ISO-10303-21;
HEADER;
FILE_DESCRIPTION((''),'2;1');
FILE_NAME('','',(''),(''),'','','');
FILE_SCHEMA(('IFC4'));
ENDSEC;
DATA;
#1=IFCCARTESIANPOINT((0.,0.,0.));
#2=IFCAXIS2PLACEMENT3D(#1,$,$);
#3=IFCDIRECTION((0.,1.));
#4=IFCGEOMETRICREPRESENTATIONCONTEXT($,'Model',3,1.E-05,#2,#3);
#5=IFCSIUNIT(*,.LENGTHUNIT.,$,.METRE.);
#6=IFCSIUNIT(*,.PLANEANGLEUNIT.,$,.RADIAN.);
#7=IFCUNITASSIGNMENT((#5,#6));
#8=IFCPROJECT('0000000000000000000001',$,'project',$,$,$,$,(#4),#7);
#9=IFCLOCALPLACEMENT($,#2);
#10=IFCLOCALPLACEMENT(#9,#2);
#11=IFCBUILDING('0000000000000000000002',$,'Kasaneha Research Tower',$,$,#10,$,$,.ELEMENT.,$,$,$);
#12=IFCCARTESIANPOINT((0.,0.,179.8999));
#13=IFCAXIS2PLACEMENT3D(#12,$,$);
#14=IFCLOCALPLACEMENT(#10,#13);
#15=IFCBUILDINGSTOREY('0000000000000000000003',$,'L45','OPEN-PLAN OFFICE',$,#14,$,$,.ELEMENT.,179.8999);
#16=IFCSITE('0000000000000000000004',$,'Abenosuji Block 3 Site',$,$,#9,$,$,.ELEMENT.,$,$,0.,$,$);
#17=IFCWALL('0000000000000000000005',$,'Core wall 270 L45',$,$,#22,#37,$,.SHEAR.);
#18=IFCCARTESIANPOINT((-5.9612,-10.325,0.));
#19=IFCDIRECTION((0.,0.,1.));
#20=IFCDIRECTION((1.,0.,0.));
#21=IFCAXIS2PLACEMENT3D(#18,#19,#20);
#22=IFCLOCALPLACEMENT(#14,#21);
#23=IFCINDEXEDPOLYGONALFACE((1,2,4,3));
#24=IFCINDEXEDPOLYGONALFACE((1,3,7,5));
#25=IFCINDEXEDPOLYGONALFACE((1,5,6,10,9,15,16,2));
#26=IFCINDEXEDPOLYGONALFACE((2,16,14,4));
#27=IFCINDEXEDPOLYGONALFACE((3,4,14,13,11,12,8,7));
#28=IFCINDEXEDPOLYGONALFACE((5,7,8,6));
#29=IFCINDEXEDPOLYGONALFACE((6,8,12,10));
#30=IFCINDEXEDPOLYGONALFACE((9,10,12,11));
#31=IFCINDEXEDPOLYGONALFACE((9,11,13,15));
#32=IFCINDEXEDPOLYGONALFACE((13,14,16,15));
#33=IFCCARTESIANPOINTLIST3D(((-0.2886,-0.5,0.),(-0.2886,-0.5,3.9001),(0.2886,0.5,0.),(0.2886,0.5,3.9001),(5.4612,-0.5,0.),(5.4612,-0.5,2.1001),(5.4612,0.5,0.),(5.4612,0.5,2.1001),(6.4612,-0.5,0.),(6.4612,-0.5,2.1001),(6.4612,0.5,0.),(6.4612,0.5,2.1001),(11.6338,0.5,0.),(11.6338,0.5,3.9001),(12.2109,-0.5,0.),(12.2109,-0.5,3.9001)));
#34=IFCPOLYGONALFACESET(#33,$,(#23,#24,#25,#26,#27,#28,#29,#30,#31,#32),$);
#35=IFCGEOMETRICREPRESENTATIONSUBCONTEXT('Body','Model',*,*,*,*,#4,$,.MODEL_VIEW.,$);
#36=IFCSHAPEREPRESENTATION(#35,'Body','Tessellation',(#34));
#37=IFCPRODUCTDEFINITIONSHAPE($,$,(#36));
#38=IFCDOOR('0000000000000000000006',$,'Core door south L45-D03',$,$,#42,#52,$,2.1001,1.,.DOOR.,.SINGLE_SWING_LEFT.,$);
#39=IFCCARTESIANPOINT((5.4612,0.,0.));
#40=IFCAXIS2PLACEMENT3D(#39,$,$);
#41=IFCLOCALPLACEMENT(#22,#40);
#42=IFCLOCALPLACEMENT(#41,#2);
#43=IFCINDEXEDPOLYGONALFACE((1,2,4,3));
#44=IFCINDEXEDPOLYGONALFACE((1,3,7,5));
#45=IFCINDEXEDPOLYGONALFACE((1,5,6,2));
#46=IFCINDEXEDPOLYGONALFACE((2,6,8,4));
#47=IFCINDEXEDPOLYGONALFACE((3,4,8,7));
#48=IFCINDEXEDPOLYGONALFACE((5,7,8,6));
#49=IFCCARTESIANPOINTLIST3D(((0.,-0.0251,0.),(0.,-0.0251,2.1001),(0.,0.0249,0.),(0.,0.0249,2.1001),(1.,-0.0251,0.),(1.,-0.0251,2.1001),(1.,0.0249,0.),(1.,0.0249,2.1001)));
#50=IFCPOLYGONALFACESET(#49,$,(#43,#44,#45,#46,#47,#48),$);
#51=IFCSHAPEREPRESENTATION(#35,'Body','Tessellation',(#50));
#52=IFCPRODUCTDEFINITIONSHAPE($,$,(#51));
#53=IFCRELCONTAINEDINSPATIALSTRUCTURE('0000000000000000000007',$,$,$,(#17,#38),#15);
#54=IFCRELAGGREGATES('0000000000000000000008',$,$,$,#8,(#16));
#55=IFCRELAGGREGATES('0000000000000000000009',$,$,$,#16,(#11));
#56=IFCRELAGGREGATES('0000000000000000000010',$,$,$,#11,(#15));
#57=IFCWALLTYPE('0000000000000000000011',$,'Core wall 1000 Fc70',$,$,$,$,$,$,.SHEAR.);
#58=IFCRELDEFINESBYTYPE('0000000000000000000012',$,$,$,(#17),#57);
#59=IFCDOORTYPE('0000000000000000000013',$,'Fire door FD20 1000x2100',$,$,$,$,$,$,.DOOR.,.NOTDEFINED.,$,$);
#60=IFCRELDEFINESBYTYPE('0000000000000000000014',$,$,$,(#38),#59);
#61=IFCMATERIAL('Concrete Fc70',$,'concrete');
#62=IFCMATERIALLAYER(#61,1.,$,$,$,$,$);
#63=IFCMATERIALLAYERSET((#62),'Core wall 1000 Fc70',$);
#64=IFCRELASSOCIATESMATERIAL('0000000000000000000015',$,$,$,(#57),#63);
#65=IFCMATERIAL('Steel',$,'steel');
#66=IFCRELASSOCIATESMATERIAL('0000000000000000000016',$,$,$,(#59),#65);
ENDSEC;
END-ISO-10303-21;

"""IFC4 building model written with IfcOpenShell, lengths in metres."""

from ifc_helpers import new_model, si_unit, direction, frame, frame_2d, origin, place, context, subcontext, project, spatial, polyline, rectangle, outline, extrude, material, layer, layer_set, type_object, element, fill, save


model = new_model("IFC4")

# Units and contexts
model_context = context("Model", 3, precision=1e-05, world=origin(), true_north=direction((0.0, 1.0)))
body_context = subcontext(model_context, "Body", "Model", "MODEL_VIEW")
ifc_project = project(units=[si_unit("LENGTHUNIT", "METRE"), si_unit("PLANEANGLEUNIT", "RADIAN")], contexts=[model_context])

# Site, building, storey
site_placement = place(None, origin())
site = spatial("IfcSite", under=ifc_project, at=site_placement, Name="Abenosuji Block 3 Site", CompositionType="ELEMENT", RefElevation=0.0)
building_placement = place(site_placement, origin())
building = spatial("IfcBuilding", under=site, at=building_placement, Name="Kasaneha Research Tower", CompositionType="ELEMENT")
storey_placement = place(building_placement, frame((0.0, 0.0, 179.8999)))
storey = spatial("IfcBuildingStorey", under=building, at=storey_placement, Name="L45", Description="OPEN-PLAN OFFICE", CompositionType="ELEMENT", Elevation=179.8999)

# Wall, opening, door
ifc_material_1 = material(Name="Concrete Fc70", Category="concrete")
ifc_layer_1 = layer(ifc_material_1, 1.0)
ifc_layer_set_1 = layer_set([ifc_layer_1], Name="Core wall 1000 Fc70")
wall_type_1 = type_object("IfcWallType", Name="Core wall 1000 Fc70", PredefinedType="SHEAR", material=ifc_layer_set_1)
wall_1_placement = place(storey_placement, frame((-5.9612, -10.325, 0.0), z_axis=(0.0, 0.0, 1.0), x_axis=(1.0, 0.0, 0.0)))
wall_1 = element("IfcWall", 1, at=wall_1_placement, inside=storey, type_object=wall_type_1, Name="Core wall 270 L45", PredefinedType="SHEAR", context=body_context, shape_type="SweptSolid", body=[
    extrude(outline(polyline([(-0.2886, -0.5), (5.4612, -0.5), (6.4612, -0.5), (12.2109, -0.5), (11.6338, 0.5), (6.4612, 0.5), (5.4612, 0.5), (0.2886, 0.5), (-0.2886, -0.5)])), origin(), (0.0, 0.0, 1.0), 3.9001),
])
opening_1_placement = place(wall_1_placement, frame((5.4612, 0.0, 0.0)))
opening_1 = element("IfcOpeningElement", 2, at=opening_1_placement, cuts=wall_1, PredefinedType="OPENING", context=body_context, shape_type="SweptSolid", body=[
    extrude(rectangle(XDim=1.0, YDim=2.1001, at=frame_2d((0.5, 1.05))), frame((0.0, 0.51, 0.0), z_axis=(0.0, -1.0, 0.0), x_axis=(1.0, 0.0, 0.0)), (0.0, 0.0, 1.0), 1.02),
])
ifc_material_2 = material(Name="Steel", Category="steel")
door_type_1 = type_object("IfcDoorType", Name="Fire door FD20 1000x2100", OperationType="NOTDEFINED", PredefinedType="DOOR", material=ifc_material_2)
door_1_placement = place(opening_1_placement, origin())
door_1 = element("IfcDoor", 3, at=door_1_placement, inside=storey, type_object=door_type_1, Name="Core door south L45-D03", OperationType="SINGLE_SWING_LEFT", OverallHeight=2.1001, OverallWidth=1.0, PredefinedType="DOOR", context=body_context, shape_type="SweptSolid", body=[
    extrude(rectangle(XDim=1.0, YDim=2.1001, at=frame_2d((0.5, 1.05))), frame((0.0, 0.0249, 0.0), z_axis=(0.0, -1.0, 0.0), x_axis=(1.0, 0.0, 0.0)), (0.0, 0.0, 1.0), 0.05),
])
fill(opening_1, door_1)

save(model, "model.ifc")
